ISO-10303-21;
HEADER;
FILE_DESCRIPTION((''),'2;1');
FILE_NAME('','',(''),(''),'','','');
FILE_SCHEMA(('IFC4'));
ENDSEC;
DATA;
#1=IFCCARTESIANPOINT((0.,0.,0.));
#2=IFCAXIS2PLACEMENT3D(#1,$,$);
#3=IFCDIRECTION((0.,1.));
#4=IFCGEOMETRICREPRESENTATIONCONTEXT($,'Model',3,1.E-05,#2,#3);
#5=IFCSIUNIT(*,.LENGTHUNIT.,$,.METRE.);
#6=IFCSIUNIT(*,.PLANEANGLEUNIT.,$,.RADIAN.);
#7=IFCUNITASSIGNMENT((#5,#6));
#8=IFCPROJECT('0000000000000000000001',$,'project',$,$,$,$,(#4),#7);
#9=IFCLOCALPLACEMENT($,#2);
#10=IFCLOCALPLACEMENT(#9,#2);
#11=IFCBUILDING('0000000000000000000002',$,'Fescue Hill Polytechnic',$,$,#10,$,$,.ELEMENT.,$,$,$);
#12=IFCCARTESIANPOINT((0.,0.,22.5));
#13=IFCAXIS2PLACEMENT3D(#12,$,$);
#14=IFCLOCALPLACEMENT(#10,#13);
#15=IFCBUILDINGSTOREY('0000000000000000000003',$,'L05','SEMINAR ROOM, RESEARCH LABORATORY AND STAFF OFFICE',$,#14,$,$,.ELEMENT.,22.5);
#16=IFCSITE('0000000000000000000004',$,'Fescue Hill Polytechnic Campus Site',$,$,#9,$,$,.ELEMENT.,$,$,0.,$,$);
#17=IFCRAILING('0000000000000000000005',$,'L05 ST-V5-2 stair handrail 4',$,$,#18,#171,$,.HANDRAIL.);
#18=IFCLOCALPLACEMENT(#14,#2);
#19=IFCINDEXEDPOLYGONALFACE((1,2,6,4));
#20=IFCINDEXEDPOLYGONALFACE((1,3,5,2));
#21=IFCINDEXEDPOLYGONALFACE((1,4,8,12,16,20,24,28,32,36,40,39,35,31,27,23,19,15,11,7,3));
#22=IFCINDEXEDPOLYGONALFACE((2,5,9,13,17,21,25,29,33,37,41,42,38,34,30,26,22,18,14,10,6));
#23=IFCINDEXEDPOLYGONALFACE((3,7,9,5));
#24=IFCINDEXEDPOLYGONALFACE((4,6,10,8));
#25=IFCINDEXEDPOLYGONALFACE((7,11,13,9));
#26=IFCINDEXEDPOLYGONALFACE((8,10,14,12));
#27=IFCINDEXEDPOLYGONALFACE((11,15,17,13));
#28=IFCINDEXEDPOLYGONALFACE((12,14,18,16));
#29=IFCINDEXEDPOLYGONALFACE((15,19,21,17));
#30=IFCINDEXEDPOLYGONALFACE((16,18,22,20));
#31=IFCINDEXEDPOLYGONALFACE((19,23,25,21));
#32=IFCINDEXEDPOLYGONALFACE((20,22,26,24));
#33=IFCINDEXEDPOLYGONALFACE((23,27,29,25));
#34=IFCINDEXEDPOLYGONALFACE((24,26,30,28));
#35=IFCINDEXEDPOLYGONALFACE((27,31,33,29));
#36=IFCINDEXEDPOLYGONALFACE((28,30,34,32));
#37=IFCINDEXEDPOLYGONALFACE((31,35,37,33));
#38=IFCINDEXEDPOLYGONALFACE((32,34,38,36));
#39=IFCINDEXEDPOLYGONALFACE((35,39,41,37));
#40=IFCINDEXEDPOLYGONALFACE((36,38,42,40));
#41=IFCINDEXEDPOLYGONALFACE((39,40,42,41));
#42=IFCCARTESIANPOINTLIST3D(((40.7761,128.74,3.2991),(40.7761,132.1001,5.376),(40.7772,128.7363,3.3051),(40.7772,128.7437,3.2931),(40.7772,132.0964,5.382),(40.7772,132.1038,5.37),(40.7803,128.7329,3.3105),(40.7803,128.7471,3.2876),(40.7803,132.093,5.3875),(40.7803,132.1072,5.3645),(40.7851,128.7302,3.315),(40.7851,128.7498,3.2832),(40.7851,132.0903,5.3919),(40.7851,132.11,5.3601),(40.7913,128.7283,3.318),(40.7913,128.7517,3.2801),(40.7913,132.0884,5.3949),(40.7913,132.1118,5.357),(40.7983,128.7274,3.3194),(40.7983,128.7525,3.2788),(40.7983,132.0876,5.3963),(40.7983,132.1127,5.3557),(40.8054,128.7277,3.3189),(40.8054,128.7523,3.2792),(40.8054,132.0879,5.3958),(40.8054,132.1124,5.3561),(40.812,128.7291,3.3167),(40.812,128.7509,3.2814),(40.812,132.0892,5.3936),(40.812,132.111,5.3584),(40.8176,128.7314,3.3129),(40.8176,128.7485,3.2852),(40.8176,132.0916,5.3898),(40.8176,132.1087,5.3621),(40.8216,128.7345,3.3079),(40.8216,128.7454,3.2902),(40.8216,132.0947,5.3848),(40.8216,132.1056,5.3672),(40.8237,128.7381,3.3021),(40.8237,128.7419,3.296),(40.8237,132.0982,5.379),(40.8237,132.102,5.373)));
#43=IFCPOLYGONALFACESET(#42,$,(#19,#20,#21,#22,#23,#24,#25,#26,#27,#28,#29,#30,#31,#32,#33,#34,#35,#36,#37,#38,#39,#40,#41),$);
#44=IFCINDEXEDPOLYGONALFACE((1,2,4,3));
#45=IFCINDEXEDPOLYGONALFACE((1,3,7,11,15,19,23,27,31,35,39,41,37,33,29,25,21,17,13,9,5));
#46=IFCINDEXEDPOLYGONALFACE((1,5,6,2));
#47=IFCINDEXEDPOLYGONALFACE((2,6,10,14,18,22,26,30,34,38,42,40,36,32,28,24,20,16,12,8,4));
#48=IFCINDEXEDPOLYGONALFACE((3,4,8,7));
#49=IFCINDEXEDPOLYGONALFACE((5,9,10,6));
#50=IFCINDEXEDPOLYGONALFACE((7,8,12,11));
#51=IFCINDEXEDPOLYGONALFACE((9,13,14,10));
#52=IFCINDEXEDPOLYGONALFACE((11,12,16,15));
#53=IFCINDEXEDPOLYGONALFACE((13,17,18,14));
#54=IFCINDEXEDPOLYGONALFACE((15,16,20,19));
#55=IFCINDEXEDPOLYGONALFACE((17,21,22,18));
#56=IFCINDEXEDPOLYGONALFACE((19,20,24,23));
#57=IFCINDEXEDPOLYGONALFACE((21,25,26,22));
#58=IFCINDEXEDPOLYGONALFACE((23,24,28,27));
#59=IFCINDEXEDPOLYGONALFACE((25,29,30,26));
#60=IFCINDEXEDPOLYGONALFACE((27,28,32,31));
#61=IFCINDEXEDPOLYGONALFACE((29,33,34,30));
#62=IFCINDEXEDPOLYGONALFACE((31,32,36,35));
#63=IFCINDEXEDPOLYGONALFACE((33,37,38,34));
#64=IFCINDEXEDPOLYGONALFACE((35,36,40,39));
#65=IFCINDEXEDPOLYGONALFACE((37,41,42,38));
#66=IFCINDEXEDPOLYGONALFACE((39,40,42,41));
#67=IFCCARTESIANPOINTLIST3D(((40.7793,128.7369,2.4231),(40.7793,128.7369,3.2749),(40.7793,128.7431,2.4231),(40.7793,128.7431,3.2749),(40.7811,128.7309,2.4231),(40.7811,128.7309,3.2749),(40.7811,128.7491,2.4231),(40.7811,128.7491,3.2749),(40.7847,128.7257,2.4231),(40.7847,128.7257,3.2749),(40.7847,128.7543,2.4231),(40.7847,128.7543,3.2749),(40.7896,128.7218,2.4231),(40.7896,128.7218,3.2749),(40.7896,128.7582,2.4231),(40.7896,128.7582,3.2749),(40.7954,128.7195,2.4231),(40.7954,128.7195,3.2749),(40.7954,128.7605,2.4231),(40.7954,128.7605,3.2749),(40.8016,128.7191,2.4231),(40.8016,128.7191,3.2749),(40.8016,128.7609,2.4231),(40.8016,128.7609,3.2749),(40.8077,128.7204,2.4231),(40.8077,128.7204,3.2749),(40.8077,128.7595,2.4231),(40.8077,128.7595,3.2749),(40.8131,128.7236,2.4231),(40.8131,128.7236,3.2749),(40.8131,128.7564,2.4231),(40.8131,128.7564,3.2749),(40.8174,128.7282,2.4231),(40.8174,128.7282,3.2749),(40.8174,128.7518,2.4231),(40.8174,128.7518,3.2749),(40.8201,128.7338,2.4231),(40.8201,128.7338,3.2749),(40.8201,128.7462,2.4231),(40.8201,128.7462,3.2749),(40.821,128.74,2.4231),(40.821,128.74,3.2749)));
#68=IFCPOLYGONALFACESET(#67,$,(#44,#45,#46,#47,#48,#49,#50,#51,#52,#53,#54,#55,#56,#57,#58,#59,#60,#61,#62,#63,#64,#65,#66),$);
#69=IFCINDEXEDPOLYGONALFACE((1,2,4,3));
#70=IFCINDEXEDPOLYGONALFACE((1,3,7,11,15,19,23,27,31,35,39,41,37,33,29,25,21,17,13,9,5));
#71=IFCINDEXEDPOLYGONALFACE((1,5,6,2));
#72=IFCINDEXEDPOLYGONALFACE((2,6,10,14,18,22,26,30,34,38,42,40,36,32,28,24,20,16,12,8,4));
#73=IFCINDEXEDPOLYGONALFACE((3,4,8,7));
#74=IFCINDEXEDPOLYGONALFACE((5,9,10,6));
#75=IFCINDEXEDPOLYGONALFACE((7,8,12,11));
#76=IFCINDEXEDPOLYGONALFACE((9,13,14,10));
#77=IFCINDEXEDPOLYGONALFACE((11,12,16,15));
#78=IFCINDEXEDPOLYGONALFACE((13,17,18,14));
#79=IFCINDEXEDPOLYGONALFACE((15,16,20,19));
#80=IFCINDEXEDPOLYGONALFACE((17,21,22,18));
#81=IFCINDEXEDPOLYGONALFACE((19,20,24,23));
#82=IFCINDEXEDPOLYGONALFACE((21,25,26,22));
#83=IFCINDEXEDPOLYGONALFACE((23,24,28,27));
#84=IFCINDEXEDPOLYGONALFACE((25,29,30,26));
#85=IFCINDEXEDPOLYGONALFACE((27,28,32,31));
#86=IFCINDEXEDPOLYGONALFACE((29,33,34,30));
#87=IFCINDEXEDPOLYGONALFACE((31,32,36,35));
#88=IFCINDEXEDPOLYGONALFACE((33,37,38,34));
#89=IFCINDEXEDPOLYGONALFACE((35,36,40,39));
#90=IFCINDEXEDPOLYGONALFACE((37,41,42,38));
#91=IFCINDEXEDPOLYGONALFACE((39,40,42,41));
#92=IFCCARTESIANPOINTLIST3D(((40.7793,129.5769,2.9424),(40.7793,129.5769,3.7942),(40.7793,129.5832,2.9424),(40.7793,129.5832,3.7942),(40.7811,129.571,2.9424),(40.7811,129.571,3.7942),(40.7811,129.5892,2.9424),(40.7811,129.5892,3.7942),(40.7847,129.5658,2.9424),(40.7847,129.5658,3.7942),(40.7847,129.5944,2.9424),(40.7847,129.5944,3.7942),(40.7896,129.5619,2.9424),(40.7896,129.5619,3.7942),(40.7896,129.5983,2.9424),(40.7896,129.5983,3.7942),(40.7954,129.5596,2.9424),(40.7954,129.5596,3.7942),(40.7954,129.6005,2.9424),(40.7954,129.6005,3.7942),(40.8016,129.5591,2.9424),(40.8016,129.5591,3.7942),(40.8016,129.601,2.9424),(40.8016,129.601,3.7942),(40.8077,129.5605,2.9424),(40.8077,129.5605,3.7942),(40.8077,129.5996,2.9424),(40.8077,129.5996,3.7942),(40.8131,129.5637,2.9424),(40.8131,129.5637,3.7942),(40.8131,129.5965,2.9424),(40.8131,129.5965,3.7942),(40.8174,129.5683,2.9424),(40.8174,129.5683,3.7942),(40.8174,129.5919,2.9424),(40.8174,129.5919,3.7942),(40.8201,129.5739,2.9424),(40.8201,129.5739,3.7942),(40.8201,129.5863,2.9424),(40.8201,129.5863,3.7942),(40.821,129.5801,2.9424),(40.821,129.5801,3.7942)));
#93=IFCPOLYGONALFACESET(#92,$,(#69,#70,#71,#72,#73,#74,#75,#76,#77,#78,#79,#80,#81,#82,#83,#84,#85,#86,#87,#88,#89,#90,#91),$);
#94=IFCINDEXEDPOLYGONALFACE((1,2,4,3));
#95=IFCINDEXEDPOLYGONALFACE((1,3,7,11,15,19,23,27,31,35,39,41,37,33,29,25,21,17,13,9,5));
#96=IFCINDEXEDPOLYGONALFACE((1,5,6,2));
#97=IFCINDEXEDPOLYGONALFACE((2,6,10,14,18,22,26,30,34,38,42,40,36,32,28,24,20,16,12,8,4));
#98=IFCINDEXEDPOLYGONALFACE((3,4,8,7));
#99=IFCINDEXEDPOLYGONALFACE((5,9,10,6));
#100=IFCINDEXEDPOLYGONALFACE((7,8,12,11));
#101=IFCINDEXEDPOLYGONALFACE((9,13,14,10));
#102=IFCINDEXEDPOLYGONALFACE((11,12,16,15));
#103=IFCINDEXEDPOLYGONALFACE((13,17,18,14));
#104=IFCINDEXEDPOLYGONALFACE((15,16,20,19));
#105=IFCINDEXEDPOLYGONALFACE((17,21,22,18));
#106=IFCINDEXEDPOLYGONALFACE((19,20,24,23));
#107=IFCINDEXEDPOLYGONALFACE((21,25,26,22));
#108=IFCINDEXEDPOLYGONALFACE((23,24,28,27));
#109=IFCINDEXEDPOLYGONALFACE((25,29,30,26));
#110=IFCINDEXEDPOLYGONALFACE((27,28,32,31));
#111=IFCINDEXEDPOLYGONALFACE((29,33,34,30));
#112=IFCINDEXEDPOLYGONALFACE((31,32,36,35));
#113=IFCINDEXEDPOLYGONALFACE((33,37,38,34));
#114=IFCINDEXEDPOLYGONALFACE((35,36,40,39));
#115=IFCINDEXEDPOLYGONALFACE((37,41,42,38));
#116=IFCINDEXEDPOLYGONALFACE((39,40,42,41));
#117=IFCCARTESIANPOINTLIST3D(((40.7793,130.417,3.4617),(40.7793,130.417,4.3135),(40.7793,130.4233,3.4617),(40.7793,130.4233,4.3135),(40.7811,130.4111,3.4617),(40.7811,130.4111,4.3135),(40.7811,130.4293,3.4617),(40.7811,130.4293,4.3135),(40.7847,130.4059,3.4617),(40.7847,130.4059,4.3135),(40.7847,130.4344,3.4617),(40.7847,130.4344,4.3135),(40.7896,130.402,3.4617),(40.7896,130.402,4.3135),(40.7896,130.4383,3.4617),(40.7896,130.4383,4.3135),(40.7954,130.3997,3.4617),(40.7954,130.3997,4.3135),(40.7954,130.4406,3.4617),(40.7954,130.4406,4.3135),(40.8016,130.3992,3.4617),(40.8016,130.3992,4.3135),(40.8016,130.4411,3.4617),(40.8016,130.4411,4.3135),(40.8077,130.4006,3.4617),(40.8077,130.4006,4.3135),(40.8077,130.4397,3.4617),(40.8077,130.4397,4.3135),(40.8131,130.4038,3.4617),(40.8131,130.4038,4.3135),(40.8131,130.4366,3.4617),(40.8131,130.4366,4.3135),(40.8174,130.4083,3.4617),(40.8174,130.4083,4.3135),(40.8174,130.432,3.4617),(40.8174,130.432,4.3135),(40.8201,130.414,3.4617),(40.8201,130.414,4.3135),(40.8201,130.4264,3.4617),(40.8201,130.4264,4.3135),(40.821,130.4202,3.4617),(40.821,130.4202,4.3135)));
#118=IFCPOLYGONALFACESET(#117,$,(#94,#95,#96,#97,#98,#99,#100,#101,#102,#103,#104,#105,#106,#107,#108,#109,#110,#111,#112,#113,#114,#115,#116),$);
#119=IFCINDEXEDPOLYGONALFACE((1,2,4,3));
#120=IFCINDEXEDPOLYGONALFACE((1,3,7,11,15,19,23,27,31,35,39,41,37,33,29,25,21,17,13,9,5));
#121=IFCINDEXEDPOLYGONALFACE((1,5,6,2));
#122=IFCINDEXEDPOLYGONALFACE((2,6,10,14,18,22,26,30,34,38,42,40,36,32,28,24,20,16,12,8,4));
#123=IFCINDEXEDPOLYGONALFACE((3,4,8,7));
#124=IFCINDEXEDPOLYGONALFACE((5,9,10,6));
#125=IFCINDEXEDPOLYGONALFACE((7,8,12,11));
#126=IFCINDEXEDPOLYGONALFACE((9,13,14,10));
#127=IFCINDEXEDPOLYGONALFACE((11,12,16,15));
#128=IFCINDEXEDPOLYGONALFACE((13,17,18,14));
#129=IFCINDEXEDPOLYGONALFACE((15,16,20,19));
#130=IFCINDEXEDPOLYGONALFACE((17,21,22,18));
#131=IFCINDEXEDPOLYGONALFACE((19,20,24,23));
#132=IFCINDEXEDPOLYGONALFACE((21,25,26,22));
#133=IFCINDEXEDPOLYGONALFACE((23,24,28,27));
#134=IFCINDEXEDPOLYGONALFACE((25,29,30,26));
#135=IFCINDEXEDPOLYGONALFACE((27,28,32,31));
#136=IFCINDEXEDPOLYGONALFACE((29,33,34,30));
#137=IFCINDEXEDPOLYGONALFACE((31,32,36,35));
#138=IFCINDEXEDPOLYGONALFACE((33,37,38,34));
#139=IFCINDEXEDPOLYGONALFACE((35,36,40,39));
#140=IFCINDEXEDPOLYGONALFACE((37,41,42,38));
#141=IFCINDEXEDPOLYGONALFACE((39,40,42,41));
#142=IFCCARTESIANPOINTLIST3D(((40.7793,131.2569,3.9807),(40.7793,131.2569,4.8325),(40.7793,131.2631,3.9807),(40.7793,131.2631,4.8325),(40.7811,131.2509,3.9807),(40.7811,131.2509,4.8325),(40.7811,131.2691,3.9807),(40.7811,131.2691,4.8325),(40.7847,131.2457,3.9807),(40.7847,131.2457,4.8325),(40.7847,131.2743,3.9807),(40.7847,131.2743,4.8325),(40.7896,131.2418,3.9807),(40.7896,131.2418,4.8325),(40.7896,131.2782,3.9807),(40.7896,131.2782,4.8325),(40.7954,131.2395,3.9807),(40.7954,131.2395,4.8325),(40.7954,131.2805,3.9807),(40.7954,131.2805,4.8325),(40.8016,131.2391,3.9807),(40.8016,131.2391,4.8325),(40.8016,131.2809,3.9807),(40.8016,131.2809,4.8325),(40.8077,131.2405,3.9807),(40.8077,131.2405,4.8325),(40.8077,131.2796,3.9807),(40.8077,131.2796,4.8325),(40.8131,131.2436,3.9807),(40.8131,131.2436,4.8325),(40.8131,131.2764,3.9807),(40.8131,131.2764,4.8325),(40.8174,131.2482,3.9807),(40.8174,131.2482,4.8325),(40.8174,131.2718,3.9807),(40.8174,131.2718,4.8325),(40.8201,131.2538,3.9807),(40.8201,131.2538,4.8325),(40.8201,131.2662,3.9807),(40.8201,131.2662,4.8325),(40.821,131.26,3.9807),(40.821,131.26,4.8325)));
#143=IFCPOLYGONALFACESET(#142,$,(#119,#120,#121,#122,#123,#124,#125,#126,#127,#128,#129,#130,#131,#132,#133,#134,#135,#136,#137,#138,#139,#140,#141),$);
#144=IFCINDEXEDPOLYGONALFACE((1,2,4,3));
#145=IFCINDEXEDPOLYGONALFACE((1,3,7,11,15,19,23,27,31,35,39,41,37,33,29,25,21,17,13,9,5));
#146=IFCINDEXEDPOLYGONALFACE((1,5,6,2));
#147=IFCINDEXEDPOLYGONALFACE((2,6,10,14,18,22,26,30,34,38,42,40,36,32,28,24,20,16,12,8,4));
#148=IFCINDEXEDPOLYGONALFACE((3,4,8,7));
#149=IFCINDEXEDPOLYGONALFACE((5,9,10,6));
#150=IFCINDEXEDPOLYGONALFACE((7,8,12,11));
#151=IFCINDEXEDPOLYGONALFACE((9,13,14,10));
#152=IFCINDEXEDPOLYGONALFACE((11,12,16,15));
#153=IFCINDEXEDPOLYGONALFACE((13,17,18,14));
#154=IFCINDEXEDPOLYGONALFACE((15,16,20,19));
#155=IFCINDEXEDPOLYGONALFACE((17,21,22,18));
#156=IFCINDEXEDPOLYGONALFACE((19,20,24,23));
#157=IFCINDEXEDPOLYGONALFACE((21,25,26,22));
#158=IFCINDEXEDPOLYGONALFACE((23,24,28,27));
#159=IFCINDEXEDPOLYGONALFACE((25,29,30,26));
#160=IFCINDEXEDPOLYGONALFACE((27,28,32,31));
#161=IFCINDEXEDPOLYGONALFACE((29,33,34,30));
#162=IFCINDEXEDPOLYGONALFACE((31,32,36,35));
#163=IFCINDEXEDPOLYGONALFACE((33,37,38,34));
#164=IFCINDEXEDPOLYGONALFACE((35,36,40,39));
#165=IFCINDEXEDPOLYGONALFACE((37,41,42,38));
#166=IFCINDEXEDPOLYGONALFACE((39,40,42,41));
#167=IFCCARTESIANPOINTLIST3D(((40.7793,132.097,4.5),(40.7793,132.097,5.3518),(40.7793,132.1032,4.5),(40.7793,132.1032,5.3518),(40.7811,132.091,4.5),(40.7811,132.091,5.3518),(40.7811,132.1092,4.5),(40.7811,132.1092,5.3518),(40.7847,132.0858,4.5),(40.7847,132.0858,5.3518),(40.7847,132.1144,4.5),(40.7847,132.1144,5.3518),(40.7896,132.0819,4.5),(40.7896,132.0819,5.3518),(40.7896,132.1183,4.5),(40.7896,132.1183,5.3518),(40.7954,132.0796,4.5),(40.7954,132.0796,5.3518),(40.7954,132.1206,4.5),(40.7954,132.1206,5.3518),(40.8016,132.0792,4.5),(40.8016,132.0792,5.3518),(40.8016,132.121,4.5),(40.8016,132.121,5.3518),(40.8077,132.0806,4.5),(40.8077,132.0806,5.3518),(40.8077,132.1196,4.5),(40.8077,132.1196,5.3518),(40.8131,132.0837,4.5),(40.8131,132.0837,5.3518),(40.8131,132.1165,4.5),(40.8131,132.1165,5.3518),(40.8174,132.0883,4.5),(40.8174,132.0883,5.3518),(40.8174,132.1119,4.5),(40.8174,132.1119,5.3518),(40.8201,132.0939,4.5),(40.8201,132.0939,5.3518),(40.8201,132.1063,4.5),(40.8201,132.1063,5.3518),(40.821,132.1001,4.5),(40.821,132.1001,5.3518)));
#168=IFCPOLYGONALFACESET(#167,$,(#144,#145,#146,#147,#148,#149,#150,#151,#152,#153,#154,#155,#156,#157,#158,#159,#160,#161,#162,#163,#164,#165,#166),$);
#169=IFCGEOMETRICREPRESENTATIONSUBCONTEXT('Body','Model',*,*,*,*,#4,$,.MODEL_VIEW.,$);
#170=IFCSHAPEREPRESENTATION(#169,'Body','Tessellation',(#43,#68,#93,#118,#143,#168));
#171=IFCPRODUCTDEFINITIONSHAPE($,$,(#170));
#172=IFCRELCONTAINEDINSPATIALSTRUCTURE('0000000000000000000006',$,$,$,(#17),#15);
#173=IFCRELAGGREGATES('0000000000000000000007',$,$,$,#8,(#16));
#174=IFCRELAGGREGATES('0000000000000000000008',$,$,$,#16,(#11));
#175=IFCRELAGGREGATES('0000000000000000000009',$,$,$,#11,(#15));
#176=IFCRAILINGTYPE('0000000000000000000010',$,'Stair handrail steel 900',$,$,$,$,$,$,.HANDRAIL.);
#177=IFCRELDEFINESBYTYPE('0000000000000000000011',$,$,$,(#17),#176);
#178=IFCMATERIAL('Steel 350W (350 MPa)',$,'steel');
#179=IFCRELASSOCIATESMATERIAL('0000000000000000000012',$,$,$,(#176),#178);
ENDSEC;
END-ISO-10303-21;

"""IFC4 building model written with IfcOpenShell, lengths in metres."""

from ifc_helpers import new_model, si_unit, direction, frame, origin, origin_2d, place, context, subcontext, project, spatial, circle, extrude, material, type_object, element, save


model = new_model("IFC4")

# Units and contexts
model_context = context("Model", 3, precision=1e-05, world=origin(), true_north=direction((0.0, 1.0)))
body_context = subcontext(model_context, "Body", "Model", "MODEL_VIEW")
ifc_project = project(units=[si_unit("LENGTHUNIT", "METRE"), si_unit("PLANEANGLEUNIT", "RADIAN")], contexts=[model_context])

# Site, building, storey
site_placement = place(None, origin())
site = spatial("IfcSite", under=ifc_project, at=site_placement, Name="Fescue Hill Polytechnic Campus Site", CompositionType="ELEMENT", RefElevation=0.0)
building_placement = place(site_placement, origin())
building = spatial("IfcBuilding", under=site, at=building_placement, Name="Fescue Hill Polytechnic", CompositionType="ELEMENT")
storey_placement = place(building_placement, frame((0.0, 0.0, 22.5)))
storey = spatial("IfcBuildingStorey", under=building, at=storey_placement, Name="L05", Description="SEMINAR ROOM, RESEARCH LABORATORY AND STAFF OFFICE", CompositionType="ELEMENT", Elevation=22.5)

# Railing
ifc_material_1 = material(Name="Steel 350W (350 MPa)", Category="steel")
railing_type = type_object("IfcRailingType", Name="Stair handrail steel 900", PredefinedType="HANDRAIL", material=ifc_material_1)
for number, where, name in (
    (1, (40.8, 128.74, 2.4231), "L05 ST-V5-2 stair handrail 4"),
):
    element("IfcRailing", number, at=place(storey_placement, frame(where)), inside=storey, type_object=railing_type, Name=name, PredefinedType="HANDRAIL", context=body_context, shape_type="SweptSolid", body=[
        extrude(circle(Radius=0.0239, at=origin_2d()), frame((0.0, 0.0, 0.876), z_axis=(0.0, 0.850623, 0.525776), x_axis=(-1.0, 0.0, 0.0)), (0.0, 0.0, 1.0), 3.9502),
        extrude(circle(Radius=0.021, at=origin_2d()), origin(), (0.0, 0.0, 1.0), 0.8518),
        extrude(circle(Radius=0.021, at=origin_2d()), frame((0.0, 0.8401, 0.5193)), (0.0, 0.0, 1.0), 0.8518),
        extrude(circle(Radius=0.021, at=origin_2d()), frame((0.0, 1.6802, 1.0386)), (0.0, 0.0, 1.0), 0.8518),
        extrude(circle(Radius=0.021, at=origin_2d()), frame((0.0, 2.52, 1.5576)), (0.0, 0.0, 1.0), 0.8518),
        extrude(circle(Radius=0.021, at=origin_2d()), frame((0.0, 3.3601, 2.0769)), (0.0, 0.0, 1.0), 0.8518),
    ])

save(model, "model.ifc")
